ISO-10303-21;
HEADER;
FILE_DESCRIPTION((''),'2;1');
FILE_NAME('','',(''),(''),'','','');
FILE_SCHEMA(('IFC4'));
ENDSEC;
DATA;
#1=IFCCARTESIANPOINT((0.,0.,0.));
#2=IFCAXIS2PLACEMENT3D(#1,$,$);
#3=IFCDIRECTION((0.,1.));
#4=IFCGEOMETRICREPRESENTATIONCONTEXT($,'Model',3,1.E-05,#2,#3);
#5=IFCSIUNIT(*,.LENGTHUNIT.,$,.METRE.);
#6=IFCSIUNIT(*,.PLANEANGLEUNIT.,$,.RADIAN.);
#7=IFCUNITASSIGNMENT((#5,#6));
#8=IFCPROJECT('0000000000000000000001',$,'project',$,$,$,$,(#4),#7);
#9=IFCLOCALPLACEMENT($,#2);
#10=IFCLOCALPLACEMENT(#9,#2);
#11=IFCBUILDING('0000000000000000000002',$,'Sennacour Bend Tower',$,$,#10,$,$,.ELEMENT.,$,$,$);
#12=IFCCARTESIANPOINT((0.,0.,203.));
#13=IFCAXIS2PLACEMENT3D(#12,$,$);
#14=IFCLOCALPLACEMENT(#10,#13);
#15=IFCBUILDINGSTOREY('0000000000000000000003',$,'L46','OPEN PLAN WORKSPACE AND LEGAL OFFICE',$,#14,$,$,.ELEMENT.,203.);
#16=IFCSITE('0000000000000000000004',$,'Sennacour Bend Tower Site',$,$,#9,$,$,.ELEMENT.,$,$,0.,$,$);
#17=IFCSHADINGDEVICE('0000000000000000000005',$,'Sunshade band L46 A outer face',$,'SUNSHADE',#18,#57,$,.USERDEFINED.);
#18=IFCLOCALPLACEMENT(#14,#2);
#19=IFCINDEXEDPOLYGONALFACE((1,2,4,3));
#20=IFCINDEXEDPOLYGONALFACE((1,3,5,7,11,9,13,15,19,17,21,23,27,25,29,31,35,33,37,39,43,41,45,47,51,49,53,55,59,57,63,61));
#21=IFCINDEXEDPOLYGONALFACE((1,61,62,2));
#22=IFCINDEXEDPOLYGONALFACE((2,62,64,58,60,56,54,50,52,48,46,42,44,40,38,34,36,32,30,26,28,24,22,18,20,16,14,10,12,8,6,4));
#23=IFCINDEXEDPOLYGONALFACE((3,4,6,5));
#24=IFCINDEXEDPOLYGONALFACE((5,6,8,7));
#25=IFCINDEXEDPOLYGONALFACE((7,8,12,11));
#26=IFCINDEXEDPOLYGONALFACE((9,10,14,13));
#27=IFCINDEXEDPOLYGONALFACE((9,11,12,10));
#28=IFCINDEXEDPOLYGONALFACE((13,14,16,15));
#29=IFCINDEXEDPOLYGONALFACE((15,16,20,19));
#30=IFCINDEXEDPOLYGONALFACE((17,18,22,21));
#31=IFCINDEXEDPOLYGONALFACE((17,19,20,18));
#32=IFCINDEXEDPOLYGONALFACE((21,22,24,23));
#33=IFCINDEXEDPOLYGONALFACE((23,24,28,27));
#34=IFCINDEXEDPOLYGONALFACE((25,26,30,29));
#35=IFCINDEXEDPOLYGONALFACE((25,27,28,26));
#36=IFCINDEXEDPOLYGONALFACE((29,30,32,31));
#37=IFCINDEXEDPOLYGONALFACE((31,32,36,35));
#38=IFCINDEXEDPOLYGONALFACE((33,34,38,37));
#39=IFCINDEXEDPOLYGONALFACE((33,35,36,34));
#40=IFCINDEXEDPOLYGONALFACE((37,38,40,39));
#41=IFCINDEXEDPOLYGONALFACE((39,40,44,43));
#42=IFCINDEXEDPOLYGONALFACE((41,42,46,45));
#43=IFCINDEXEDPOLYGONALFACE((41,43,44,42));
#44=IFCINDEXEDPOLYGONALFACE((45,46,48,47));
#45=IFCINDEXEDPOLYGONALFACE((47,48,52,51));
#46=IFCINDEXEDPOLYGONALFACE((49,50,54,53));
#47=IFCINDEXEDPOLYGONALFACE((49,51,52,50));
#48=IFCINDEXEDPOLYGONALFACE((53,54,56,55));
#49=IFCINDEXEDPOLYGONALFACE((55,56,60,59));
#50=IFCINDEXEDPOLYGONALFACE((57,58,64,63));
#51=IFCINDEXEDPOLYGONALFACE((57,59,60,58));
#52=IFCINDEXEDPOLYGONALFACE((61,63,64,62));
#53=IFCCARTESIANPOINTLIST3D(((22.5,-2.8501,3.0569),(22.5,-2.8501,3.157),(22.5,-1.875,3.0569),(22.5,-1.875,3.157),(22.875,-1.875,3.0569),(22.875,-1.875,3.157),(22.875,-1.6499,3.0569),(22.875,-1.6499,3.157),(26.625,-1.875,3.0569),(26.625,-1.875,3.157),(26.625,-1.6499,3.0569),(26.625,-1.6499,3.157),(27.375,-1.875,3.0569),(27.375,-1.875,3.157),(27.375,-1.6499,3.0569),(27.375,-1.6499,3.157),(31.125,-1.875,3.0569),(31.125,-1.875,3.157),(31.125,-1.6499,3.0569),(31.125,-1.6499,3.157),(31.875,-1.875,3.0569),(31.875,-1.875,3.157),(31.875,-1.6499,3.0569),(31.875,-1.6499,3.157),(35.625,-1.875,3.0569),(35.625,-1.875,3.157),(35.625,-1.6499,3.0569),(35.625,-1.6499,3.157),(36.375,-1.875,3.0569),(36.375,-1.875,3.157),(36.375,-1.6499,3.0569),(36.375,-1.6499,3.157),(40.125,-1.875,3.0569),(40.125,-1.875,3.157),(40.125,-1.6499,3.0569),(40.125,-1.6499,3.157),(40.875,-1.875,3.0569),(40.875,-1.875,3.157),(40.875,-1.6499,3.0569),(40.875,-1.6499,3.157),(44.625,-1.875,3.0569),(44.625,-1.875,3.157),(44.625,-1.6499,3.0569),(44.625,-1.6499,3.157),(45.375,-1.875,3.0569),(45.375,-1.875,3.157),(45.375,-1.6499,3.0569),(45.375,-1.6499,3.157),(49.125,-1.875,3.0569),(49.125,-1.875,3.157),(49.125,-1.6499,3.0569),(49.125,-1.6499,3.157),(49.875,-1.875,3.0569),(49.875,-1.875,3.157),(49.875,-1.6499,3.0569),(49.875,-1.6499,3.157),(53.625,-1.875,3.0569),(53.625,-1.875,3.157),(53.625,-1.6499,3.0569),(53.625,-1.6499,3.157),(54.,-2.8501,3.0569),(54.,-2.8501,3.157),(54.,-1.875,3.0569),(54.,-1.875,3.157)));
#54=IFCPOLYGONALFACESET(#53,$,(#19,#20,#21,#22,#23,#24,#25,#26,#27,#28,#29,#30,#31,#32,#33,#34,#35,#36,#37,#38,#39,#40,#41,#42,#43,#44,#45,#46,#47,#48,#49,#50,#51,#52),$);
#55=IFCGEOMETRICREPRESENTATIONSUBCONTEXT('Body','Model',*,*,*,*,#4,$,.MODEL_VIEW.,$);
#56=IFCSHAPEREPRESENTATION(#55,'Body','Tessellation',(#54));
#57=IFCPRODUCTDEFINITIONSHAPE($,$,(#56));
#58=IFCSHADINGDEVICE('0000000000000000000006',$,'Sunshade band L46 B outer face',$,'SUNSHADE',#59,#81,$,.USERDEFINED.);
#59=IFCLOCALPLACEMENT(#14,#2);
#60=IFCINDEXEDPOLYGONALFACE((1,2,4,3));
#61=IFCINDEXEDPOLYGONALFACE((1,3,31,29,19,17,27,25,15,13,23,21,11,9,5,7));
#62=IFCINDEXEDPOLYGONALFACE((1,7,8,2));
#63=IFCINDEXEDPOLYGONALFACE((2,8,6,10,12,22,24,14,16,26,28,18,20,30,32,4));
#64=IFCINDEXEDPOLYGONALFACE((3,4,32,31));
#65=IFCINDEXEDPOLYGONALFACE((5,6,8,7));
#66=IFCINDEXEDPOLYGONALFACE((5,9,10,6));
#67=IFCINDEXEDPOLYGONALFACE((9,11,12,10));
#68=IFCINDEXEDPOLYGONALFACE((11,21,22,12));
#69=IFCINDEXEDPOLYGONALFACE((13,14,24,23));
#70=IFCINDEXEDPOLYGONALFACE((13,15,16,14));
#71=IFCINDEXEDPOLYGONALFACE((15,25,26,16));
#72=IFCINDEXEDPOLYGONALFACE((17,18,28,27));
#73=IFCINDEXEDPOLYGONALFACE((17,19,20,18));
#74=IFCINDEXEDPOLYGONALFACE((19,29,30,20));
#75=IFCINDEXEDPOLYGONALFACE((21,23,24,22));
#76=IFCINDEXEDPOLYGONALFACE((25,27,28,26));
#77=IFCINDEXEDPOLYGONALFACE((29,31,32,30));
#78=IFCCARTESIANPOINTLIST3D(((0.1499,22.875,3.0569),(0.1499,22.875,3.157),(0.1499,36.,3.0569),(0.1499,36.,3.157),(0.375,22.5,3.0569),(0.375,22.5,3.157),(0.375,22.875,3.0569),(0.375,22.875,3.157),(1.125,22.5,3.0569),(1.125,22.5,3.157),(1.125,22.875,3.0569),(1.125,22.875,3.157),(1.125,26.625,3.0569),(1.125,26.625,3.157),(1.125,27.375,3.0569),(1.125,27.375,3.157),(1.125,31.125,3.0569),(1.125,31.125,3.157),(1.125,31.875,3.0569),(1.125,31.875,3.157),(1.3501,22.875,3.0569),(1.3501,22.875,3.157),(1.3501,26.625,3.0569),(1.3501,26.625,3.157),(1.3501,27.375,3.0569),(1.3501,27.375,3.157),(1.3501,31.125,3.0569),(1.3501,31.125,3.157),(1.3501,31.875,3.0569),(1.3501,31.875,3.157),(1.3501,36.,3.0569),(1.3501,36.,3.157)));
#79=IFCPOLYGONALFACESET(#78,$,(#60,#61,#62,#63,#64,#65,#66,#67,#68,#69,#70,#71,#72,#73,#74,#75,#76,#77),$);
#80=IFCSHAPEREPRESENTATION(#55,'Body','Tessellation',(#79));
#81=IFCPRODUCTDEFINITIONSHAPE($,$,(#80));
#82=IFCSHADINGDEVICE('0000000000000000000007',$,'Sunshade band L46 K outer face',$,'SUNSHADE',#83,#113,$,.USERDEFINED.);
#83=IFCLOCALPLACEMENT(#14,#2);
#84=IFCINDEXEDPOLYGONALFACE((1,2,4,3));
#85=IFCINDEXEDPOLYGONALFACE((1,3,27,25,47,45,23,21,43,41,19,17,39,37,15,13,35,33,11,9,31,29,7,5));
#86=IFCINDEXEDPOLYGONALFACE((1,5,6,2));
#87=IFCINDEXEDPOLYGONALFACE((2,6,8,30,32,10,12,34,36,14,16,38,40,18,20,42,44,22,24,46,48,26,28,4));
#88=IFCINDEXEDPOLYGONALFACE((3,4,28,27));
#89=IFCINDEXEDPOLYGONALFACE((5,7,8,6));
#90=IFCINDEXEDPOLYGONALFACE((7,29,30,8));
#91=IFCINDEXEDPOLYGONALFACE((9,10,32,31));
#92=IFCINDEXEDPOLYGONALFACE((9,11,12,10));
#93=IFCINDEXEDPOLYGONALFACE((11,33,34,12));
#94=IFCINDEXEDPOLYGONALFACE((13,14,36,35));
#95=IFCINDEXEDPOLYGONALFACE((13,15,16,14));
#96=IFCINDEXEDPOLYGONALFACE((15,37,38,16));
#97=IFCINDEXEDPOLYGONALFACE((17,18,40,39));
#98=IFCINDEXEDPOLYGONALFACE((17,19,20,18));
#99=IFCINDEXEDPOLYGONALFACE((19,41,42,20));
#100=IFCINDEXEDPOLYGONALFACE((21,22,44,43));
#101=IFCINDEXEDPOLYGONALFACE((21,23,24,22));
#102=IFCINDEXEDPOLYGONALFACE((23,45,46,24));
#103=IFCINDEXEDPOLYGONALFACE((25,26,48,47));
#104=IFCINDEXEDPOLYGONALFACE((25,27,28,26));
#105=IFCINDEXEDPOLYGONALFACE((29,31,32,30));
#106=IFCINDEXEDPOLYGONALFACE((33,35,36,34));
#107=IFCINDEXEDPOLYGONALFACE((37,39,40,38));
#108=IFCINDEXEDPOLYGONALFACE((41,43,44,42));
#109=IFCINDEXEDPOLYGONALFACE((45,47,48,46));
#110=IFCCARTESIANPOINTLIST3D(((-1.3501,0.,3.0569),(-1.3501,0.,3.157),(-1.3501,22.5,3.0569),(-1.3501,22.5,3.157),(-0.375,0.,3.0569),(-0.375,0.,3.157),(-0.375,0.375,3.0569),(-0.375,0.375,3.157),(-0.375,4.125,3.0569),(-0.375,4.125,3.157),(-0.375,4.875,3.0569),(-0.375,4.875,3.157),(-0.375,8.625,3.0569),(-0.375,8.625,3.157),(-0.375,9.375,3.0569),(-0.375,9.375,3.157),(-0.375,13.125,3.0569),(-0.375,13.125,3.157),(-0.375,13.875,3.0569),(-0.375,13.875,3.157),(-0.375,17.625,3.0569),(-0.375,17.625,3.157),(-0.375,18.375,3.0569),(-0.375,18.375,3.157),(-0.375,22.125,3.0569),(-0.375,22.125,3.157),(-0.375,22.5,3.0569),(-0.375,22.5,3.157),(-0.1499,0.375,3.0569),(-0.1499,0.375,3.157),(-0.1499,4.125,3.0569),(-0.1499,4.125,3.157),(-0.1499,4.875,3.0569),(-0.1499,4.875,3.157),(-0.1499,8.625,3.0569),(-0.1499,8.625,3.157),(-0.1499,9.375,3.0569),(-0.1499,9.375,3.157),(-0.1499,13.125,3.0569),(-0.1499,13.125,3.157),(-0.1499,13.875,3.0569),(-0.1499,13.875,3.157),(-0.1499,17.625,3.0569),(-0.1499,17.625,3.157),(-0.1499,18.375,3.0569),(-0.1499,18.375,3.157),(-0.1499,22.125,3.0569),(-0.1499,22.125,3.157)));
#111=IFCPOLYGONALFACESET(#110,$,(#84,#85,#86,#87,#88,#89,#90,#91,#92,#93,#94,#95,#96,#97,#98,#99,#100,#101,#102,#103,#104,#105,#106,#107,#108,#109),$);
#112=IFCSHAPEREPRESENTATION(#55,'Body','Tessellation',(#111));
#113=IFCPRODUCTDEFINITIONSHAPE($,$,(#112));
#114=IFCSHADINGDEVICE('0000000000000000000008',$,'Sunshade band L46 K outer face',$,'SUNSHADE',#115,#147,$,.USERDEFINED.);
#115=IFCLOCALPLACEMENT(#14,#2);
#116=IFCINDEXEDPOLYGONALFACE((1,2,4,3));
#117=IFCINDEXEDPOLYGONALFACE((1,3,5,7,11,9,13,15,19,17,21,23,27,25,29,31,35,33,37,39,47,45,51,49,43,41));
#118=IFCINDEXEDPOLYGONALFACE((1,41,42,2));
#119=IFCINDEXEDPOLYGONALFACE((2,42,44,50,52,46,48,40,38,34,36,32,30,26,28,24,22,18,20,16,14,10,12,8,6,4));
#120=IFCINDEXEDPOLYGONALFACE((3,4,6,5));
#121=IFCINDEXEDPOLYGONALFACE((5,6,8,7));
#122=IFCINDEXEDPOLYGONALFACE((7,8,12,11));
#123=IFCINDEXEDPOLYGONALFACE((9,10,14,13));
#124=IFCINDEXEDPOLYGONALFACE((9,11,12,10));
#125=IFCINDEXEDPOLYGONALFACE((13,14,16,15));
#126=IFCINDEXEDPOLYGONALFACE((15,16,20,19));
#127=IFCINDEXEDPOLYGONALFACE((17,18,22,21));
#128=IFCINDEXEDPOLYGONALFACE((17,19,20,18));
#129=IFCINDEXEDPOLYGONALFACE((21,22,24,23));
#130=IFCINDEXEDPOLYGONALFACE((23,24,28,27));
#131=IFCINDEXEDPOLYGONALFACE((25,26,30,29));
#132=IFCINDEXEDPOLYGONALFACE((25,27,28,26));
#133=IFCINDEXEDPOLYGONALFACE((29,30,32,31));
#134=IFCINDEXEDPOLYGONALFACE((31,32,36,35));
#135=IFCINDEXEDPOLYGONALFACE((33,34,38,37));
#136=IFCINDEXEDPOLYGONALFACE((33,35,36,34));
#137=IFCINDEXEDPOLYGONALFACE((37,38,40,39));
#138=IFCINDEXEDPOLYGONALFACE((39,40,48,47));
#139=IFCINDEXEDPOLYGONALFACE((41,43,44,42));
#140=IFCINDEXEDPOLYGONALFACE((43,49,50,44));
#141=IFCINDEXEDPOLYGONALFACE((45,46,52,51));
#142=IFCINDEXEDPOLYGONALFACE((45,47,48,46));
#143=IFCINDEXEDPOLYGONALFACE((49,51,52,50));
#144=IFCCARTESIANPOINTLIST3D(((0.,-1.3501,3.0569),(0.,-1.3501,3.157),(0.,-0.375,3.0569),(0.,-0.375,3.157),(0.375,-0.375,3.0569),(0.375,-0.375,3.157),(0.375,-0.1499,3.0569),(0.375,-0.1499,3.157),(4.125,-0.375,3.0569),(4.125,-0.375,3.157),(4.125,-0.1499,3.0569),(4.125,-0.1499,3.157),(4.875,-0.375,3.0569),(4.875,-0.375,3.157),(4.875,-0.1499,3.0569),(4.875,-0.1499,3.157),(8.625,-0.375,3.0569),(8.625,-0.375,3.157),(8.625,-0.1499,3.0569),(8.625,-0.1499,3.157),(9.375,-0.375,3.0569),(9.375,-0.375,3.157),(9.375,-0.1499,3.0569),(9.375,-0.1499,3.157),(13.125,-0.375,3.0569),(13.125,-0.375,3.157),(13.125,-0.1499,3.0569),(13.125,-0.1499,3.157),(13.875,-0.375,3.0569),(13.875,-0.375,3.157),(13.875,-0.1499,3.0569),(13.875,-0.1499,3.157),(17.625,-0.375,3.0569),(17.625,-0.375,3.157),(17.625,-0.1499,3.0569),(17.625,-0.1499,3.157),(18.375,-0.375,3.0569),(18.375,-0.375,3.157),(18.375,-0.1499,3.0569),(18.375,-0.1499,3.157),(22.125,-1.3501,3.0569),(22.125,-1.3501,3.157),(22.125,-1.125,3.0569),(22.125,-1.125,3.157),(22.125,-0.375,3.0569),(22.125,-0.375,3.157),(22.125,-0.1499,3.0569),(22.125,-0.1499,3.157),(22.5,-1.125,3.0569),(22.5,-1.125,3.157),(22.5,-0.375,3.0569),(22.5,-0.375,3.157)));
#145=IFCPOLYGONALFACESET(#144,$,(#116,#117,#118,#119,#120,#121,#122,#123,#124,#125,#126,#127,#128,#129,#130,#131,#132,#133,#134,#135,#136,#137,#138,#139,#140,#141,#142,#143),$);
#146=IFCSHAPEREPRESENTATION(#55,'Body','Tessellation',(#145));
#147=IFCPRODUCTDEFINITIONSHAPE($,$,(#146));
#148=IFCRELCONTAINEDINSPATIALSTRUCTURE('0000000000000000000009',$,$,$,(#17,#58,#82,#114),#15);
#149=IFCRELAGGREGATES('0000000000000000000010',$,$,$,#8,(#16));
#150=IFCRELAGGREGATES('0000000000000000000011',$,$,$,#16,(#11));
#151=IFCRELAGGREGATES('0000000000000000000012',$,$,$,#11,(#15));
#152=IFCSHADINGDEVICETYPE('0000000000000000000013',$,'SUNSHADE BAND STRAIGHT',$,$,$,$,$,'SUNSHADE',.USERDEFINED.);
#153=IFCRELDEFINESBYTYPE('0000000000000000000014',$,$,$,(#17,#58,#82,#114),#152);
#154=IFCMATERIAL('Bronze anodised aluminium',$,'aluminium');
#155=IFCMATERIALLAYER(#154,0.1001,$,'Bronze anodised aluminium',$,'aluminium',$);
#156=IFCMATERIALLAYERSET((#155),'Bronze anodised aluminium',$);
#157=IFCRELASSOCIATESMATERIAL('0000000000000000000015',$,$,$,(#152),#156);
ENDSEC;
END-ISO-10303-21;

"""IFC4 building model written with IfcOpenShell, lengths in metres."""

from ifc_helpers import new_model, si_unit, direction, frame, origin, place, context, subcontext, project, spatial, polyline, outline, extrude, material, layer, layer_set, type_object, element, save


model = new_model("IFC4")

# Units and contexts
model_context = context("Model", 3, precision=1e-05, world=origin(), true_north=direction((0.0, 1.0)))
body_context = subcontext(model_context, "Body", "Model", "MODEL_VIEW")
ifc_project = project(units=[si_unit("LENGTHUNIT", "METRE"), si_unit("PLANEANGLEUNIT", "RADIAN")], contexts=[model_context])

# Site, building, storey
site_placement = place(None, origin())
site = spatial("IfcSite", under=ifc_project, at=site_placement, Name="Sennacour Bend Tower Site", CompositionType="ELEMENT", RefElevation=0.0)
building_placement = place(site_placement, origin())
building = spatial("IfcBuilding", under=site, at=building_placement, Name="Sennacour Bend Tower", CompositionType="ELEMENT")
storey_placement = place(building_placement, frame((0.0, 0.0, 203.0)))
storey = spatial("IfcBuildingStorey", under=building, at=storey_placement, Name="L46", Description="OPEN PLAN WORKSPACE AND LEGAL OFFICE", CompositionType="ELEMENT", Elevation=203.0)

# Shading devices
ifc_material_1 = material(Name="Bronze anodised aluminium", Category="aluminium")
ifc_layer_1 = layer(ifc_material_1, 0.1001, Name="Bronze anodised aluminium", Category="aluminium")
ifc_layer_set_1 = layer_set([ifc_layer_1], Name="Bronze anodised aluminium")
shading_device_type_1 = type_object("IfcShadingDeviceType", Name="SUNSHADE BAND STRAIGHT", ElementType="SUNSHADE", PredefinedType="USERDEFINED", material=ifc_layer_set_1)
shading_device_1_placement = place(storey_placement, frame((0.0, 0.0, 3.0569)))
element("IfcShadingDevice", 1, at=shading_device_1_placement, inside=storey, type_object=shading_device_type_1, Name="Sunshade band L46 A outer face", ObjectType="SUNSHADE", PredefinedType="USERDEFINED", context=body_context, shape_type="SweptSolid", body=[
    extrude(outline(polyline([(26.625, -1.6499), (26.625, -1.875), (27.375, -1.875), (27.375, -1.6499), (31.125, -1.6499), (31.125, -1.875), (31.875, -1.875), (31.875, -1.6499), (35.625, -1.6499), (35.625, -1.875), (36.375, -1.875), (36.375, -1.6499), (40.125, -1.6499), (40.125, -1.875), (40.875, -1.875), (40.875, -1.6499), (44.625, -1.6499), (44.625, -1.875), (45.375, -1.875), (45.375, -1.6499), (49.125, -1.6499), (49.125, -1.875), (49.875, -1.875), (49.875, -1.6499), (53.625, -1.6499), (53.625, -1.875), (54.0, -1.875), (54.0, -2.8501), (22.5, -2.8501), (22.5, -1.875), (22.875, -1.875), (22.875, -1.6499), (26.625, -1.6499)])), origin(), (0.0, 0.0, 1.0), 0.1001),
])
shading_device_2_placement = place(storey_placement, frame((0.0, 0.0, 3.0569)))
element("IfcShadingDevice", 2, at=shading_device_2_placement, inside=storey, type_object=shading_device_type_1, Name="Sunshade band L46 B outer face", ObjectType="SUNSHADE", PredefinedType="USERDEFINED", context=body_context, shape_type="SweptSolid", body=[
    extrude(outline(polyline([(1.3501, 31.875), (1.125, 31.875), (1.125, 31.125), (1.3501, 31.125), (1.3501, 27.375), (1.125, 27.375), (1.125, 26.625), (1.3501, 26.625), (1.3501, 22.875), (1.125, 22.875), (1.125, 22.5), (0.375, 22.5), (0.375, 22.875), (0.1499, 22.875), (0.1499, 36.0), (1.3501, 36.0), (1.3501, 31.875)])), origin(), (0.0, 0.0, 1.0), 0.1001),
])
shading_device_3_placement = place(storey_placement, frame((0.0, 0.0, 3.0569)))
element("IfcShadingDevice", 3, at=shading_device_3_placement, inside=storey, type_object=shading_device_type_1, Name="Sunshade band L46 K outer face", ObjectType="SUNSHADE", PredefinedType="USERDEFINED", context=body_context, shape_type="SweptSolid", body=[
    extrude(outline(polyline([(-0.1499, 18.375), (-0.375, 18.375), (-0.375, 17.625), (-0.1499, 17.625), (-0.1499, 13.875), (-0.375, 13.875), (-0.375, 13.125), (-0.1499, 13.125), (-0.1499, 9.375), (-0.375, 9.375), (-0.375, 8.625), (-0.1499, 8.625), (-0.1499, 4.875), (-0.375, 4.875), (-0.375, 4.125), (-0.1499, 4.125), (-0.1499, 0.375), (-0.375, 0.375), (-0.375, 0.0), (-1.3501, 0.0), (-1.3501, 22.5), (-0.375, 22.5), (-0.375, 22.125), (-0.1499, 22.125), (-0.1499, 18.375)])), origin(), (0.0, 0.0, 1.0), 0.1001),
])
shading_device_4_placement = place(storey_placement, frame((0.0, 0.0, 3.0569)))
element("IfcShadingDevice", 4, at=shading_device_4_placement, inside=storey, type_object=shading_device_type_1, Name="Sunshade band L46 K outer face", ObjectType="SUNSHADE", PredefinedType="USERDEFINED", context=body_context, shape_type="SweptSolid", body=[
    extrude(outline(polyline([(4.125, -0.1499), (4.125, -0.375), (4.875, -0.375), (4.875, -0.1499), (8.625, -0.1499), (8.625, -0.375), (9.375, -0.375), (9.375, -0.1499), (13.125, -0.1499), (13.125, -0.375), (13.875, -0.375), (13.875, -0.1499), (17.625, -0.1499), (17.625, -0.375), (18.375, -0.375), (18.375, -0.1499), (22.125, -0.1499), (22.125, -0.375), (22.5, -0.375), (22.5, -1.125), (22.125, -1.125), (22.125, -1.3501), (0.0, -1.3501), (0.0, -0.375), (0.375, -0.375), (0.375, -0.1499), (4.125, -0.1499)])), origin(), (0.0, 0.0, 1.0), 0.1001),
])

save(model, "model.ifc")
